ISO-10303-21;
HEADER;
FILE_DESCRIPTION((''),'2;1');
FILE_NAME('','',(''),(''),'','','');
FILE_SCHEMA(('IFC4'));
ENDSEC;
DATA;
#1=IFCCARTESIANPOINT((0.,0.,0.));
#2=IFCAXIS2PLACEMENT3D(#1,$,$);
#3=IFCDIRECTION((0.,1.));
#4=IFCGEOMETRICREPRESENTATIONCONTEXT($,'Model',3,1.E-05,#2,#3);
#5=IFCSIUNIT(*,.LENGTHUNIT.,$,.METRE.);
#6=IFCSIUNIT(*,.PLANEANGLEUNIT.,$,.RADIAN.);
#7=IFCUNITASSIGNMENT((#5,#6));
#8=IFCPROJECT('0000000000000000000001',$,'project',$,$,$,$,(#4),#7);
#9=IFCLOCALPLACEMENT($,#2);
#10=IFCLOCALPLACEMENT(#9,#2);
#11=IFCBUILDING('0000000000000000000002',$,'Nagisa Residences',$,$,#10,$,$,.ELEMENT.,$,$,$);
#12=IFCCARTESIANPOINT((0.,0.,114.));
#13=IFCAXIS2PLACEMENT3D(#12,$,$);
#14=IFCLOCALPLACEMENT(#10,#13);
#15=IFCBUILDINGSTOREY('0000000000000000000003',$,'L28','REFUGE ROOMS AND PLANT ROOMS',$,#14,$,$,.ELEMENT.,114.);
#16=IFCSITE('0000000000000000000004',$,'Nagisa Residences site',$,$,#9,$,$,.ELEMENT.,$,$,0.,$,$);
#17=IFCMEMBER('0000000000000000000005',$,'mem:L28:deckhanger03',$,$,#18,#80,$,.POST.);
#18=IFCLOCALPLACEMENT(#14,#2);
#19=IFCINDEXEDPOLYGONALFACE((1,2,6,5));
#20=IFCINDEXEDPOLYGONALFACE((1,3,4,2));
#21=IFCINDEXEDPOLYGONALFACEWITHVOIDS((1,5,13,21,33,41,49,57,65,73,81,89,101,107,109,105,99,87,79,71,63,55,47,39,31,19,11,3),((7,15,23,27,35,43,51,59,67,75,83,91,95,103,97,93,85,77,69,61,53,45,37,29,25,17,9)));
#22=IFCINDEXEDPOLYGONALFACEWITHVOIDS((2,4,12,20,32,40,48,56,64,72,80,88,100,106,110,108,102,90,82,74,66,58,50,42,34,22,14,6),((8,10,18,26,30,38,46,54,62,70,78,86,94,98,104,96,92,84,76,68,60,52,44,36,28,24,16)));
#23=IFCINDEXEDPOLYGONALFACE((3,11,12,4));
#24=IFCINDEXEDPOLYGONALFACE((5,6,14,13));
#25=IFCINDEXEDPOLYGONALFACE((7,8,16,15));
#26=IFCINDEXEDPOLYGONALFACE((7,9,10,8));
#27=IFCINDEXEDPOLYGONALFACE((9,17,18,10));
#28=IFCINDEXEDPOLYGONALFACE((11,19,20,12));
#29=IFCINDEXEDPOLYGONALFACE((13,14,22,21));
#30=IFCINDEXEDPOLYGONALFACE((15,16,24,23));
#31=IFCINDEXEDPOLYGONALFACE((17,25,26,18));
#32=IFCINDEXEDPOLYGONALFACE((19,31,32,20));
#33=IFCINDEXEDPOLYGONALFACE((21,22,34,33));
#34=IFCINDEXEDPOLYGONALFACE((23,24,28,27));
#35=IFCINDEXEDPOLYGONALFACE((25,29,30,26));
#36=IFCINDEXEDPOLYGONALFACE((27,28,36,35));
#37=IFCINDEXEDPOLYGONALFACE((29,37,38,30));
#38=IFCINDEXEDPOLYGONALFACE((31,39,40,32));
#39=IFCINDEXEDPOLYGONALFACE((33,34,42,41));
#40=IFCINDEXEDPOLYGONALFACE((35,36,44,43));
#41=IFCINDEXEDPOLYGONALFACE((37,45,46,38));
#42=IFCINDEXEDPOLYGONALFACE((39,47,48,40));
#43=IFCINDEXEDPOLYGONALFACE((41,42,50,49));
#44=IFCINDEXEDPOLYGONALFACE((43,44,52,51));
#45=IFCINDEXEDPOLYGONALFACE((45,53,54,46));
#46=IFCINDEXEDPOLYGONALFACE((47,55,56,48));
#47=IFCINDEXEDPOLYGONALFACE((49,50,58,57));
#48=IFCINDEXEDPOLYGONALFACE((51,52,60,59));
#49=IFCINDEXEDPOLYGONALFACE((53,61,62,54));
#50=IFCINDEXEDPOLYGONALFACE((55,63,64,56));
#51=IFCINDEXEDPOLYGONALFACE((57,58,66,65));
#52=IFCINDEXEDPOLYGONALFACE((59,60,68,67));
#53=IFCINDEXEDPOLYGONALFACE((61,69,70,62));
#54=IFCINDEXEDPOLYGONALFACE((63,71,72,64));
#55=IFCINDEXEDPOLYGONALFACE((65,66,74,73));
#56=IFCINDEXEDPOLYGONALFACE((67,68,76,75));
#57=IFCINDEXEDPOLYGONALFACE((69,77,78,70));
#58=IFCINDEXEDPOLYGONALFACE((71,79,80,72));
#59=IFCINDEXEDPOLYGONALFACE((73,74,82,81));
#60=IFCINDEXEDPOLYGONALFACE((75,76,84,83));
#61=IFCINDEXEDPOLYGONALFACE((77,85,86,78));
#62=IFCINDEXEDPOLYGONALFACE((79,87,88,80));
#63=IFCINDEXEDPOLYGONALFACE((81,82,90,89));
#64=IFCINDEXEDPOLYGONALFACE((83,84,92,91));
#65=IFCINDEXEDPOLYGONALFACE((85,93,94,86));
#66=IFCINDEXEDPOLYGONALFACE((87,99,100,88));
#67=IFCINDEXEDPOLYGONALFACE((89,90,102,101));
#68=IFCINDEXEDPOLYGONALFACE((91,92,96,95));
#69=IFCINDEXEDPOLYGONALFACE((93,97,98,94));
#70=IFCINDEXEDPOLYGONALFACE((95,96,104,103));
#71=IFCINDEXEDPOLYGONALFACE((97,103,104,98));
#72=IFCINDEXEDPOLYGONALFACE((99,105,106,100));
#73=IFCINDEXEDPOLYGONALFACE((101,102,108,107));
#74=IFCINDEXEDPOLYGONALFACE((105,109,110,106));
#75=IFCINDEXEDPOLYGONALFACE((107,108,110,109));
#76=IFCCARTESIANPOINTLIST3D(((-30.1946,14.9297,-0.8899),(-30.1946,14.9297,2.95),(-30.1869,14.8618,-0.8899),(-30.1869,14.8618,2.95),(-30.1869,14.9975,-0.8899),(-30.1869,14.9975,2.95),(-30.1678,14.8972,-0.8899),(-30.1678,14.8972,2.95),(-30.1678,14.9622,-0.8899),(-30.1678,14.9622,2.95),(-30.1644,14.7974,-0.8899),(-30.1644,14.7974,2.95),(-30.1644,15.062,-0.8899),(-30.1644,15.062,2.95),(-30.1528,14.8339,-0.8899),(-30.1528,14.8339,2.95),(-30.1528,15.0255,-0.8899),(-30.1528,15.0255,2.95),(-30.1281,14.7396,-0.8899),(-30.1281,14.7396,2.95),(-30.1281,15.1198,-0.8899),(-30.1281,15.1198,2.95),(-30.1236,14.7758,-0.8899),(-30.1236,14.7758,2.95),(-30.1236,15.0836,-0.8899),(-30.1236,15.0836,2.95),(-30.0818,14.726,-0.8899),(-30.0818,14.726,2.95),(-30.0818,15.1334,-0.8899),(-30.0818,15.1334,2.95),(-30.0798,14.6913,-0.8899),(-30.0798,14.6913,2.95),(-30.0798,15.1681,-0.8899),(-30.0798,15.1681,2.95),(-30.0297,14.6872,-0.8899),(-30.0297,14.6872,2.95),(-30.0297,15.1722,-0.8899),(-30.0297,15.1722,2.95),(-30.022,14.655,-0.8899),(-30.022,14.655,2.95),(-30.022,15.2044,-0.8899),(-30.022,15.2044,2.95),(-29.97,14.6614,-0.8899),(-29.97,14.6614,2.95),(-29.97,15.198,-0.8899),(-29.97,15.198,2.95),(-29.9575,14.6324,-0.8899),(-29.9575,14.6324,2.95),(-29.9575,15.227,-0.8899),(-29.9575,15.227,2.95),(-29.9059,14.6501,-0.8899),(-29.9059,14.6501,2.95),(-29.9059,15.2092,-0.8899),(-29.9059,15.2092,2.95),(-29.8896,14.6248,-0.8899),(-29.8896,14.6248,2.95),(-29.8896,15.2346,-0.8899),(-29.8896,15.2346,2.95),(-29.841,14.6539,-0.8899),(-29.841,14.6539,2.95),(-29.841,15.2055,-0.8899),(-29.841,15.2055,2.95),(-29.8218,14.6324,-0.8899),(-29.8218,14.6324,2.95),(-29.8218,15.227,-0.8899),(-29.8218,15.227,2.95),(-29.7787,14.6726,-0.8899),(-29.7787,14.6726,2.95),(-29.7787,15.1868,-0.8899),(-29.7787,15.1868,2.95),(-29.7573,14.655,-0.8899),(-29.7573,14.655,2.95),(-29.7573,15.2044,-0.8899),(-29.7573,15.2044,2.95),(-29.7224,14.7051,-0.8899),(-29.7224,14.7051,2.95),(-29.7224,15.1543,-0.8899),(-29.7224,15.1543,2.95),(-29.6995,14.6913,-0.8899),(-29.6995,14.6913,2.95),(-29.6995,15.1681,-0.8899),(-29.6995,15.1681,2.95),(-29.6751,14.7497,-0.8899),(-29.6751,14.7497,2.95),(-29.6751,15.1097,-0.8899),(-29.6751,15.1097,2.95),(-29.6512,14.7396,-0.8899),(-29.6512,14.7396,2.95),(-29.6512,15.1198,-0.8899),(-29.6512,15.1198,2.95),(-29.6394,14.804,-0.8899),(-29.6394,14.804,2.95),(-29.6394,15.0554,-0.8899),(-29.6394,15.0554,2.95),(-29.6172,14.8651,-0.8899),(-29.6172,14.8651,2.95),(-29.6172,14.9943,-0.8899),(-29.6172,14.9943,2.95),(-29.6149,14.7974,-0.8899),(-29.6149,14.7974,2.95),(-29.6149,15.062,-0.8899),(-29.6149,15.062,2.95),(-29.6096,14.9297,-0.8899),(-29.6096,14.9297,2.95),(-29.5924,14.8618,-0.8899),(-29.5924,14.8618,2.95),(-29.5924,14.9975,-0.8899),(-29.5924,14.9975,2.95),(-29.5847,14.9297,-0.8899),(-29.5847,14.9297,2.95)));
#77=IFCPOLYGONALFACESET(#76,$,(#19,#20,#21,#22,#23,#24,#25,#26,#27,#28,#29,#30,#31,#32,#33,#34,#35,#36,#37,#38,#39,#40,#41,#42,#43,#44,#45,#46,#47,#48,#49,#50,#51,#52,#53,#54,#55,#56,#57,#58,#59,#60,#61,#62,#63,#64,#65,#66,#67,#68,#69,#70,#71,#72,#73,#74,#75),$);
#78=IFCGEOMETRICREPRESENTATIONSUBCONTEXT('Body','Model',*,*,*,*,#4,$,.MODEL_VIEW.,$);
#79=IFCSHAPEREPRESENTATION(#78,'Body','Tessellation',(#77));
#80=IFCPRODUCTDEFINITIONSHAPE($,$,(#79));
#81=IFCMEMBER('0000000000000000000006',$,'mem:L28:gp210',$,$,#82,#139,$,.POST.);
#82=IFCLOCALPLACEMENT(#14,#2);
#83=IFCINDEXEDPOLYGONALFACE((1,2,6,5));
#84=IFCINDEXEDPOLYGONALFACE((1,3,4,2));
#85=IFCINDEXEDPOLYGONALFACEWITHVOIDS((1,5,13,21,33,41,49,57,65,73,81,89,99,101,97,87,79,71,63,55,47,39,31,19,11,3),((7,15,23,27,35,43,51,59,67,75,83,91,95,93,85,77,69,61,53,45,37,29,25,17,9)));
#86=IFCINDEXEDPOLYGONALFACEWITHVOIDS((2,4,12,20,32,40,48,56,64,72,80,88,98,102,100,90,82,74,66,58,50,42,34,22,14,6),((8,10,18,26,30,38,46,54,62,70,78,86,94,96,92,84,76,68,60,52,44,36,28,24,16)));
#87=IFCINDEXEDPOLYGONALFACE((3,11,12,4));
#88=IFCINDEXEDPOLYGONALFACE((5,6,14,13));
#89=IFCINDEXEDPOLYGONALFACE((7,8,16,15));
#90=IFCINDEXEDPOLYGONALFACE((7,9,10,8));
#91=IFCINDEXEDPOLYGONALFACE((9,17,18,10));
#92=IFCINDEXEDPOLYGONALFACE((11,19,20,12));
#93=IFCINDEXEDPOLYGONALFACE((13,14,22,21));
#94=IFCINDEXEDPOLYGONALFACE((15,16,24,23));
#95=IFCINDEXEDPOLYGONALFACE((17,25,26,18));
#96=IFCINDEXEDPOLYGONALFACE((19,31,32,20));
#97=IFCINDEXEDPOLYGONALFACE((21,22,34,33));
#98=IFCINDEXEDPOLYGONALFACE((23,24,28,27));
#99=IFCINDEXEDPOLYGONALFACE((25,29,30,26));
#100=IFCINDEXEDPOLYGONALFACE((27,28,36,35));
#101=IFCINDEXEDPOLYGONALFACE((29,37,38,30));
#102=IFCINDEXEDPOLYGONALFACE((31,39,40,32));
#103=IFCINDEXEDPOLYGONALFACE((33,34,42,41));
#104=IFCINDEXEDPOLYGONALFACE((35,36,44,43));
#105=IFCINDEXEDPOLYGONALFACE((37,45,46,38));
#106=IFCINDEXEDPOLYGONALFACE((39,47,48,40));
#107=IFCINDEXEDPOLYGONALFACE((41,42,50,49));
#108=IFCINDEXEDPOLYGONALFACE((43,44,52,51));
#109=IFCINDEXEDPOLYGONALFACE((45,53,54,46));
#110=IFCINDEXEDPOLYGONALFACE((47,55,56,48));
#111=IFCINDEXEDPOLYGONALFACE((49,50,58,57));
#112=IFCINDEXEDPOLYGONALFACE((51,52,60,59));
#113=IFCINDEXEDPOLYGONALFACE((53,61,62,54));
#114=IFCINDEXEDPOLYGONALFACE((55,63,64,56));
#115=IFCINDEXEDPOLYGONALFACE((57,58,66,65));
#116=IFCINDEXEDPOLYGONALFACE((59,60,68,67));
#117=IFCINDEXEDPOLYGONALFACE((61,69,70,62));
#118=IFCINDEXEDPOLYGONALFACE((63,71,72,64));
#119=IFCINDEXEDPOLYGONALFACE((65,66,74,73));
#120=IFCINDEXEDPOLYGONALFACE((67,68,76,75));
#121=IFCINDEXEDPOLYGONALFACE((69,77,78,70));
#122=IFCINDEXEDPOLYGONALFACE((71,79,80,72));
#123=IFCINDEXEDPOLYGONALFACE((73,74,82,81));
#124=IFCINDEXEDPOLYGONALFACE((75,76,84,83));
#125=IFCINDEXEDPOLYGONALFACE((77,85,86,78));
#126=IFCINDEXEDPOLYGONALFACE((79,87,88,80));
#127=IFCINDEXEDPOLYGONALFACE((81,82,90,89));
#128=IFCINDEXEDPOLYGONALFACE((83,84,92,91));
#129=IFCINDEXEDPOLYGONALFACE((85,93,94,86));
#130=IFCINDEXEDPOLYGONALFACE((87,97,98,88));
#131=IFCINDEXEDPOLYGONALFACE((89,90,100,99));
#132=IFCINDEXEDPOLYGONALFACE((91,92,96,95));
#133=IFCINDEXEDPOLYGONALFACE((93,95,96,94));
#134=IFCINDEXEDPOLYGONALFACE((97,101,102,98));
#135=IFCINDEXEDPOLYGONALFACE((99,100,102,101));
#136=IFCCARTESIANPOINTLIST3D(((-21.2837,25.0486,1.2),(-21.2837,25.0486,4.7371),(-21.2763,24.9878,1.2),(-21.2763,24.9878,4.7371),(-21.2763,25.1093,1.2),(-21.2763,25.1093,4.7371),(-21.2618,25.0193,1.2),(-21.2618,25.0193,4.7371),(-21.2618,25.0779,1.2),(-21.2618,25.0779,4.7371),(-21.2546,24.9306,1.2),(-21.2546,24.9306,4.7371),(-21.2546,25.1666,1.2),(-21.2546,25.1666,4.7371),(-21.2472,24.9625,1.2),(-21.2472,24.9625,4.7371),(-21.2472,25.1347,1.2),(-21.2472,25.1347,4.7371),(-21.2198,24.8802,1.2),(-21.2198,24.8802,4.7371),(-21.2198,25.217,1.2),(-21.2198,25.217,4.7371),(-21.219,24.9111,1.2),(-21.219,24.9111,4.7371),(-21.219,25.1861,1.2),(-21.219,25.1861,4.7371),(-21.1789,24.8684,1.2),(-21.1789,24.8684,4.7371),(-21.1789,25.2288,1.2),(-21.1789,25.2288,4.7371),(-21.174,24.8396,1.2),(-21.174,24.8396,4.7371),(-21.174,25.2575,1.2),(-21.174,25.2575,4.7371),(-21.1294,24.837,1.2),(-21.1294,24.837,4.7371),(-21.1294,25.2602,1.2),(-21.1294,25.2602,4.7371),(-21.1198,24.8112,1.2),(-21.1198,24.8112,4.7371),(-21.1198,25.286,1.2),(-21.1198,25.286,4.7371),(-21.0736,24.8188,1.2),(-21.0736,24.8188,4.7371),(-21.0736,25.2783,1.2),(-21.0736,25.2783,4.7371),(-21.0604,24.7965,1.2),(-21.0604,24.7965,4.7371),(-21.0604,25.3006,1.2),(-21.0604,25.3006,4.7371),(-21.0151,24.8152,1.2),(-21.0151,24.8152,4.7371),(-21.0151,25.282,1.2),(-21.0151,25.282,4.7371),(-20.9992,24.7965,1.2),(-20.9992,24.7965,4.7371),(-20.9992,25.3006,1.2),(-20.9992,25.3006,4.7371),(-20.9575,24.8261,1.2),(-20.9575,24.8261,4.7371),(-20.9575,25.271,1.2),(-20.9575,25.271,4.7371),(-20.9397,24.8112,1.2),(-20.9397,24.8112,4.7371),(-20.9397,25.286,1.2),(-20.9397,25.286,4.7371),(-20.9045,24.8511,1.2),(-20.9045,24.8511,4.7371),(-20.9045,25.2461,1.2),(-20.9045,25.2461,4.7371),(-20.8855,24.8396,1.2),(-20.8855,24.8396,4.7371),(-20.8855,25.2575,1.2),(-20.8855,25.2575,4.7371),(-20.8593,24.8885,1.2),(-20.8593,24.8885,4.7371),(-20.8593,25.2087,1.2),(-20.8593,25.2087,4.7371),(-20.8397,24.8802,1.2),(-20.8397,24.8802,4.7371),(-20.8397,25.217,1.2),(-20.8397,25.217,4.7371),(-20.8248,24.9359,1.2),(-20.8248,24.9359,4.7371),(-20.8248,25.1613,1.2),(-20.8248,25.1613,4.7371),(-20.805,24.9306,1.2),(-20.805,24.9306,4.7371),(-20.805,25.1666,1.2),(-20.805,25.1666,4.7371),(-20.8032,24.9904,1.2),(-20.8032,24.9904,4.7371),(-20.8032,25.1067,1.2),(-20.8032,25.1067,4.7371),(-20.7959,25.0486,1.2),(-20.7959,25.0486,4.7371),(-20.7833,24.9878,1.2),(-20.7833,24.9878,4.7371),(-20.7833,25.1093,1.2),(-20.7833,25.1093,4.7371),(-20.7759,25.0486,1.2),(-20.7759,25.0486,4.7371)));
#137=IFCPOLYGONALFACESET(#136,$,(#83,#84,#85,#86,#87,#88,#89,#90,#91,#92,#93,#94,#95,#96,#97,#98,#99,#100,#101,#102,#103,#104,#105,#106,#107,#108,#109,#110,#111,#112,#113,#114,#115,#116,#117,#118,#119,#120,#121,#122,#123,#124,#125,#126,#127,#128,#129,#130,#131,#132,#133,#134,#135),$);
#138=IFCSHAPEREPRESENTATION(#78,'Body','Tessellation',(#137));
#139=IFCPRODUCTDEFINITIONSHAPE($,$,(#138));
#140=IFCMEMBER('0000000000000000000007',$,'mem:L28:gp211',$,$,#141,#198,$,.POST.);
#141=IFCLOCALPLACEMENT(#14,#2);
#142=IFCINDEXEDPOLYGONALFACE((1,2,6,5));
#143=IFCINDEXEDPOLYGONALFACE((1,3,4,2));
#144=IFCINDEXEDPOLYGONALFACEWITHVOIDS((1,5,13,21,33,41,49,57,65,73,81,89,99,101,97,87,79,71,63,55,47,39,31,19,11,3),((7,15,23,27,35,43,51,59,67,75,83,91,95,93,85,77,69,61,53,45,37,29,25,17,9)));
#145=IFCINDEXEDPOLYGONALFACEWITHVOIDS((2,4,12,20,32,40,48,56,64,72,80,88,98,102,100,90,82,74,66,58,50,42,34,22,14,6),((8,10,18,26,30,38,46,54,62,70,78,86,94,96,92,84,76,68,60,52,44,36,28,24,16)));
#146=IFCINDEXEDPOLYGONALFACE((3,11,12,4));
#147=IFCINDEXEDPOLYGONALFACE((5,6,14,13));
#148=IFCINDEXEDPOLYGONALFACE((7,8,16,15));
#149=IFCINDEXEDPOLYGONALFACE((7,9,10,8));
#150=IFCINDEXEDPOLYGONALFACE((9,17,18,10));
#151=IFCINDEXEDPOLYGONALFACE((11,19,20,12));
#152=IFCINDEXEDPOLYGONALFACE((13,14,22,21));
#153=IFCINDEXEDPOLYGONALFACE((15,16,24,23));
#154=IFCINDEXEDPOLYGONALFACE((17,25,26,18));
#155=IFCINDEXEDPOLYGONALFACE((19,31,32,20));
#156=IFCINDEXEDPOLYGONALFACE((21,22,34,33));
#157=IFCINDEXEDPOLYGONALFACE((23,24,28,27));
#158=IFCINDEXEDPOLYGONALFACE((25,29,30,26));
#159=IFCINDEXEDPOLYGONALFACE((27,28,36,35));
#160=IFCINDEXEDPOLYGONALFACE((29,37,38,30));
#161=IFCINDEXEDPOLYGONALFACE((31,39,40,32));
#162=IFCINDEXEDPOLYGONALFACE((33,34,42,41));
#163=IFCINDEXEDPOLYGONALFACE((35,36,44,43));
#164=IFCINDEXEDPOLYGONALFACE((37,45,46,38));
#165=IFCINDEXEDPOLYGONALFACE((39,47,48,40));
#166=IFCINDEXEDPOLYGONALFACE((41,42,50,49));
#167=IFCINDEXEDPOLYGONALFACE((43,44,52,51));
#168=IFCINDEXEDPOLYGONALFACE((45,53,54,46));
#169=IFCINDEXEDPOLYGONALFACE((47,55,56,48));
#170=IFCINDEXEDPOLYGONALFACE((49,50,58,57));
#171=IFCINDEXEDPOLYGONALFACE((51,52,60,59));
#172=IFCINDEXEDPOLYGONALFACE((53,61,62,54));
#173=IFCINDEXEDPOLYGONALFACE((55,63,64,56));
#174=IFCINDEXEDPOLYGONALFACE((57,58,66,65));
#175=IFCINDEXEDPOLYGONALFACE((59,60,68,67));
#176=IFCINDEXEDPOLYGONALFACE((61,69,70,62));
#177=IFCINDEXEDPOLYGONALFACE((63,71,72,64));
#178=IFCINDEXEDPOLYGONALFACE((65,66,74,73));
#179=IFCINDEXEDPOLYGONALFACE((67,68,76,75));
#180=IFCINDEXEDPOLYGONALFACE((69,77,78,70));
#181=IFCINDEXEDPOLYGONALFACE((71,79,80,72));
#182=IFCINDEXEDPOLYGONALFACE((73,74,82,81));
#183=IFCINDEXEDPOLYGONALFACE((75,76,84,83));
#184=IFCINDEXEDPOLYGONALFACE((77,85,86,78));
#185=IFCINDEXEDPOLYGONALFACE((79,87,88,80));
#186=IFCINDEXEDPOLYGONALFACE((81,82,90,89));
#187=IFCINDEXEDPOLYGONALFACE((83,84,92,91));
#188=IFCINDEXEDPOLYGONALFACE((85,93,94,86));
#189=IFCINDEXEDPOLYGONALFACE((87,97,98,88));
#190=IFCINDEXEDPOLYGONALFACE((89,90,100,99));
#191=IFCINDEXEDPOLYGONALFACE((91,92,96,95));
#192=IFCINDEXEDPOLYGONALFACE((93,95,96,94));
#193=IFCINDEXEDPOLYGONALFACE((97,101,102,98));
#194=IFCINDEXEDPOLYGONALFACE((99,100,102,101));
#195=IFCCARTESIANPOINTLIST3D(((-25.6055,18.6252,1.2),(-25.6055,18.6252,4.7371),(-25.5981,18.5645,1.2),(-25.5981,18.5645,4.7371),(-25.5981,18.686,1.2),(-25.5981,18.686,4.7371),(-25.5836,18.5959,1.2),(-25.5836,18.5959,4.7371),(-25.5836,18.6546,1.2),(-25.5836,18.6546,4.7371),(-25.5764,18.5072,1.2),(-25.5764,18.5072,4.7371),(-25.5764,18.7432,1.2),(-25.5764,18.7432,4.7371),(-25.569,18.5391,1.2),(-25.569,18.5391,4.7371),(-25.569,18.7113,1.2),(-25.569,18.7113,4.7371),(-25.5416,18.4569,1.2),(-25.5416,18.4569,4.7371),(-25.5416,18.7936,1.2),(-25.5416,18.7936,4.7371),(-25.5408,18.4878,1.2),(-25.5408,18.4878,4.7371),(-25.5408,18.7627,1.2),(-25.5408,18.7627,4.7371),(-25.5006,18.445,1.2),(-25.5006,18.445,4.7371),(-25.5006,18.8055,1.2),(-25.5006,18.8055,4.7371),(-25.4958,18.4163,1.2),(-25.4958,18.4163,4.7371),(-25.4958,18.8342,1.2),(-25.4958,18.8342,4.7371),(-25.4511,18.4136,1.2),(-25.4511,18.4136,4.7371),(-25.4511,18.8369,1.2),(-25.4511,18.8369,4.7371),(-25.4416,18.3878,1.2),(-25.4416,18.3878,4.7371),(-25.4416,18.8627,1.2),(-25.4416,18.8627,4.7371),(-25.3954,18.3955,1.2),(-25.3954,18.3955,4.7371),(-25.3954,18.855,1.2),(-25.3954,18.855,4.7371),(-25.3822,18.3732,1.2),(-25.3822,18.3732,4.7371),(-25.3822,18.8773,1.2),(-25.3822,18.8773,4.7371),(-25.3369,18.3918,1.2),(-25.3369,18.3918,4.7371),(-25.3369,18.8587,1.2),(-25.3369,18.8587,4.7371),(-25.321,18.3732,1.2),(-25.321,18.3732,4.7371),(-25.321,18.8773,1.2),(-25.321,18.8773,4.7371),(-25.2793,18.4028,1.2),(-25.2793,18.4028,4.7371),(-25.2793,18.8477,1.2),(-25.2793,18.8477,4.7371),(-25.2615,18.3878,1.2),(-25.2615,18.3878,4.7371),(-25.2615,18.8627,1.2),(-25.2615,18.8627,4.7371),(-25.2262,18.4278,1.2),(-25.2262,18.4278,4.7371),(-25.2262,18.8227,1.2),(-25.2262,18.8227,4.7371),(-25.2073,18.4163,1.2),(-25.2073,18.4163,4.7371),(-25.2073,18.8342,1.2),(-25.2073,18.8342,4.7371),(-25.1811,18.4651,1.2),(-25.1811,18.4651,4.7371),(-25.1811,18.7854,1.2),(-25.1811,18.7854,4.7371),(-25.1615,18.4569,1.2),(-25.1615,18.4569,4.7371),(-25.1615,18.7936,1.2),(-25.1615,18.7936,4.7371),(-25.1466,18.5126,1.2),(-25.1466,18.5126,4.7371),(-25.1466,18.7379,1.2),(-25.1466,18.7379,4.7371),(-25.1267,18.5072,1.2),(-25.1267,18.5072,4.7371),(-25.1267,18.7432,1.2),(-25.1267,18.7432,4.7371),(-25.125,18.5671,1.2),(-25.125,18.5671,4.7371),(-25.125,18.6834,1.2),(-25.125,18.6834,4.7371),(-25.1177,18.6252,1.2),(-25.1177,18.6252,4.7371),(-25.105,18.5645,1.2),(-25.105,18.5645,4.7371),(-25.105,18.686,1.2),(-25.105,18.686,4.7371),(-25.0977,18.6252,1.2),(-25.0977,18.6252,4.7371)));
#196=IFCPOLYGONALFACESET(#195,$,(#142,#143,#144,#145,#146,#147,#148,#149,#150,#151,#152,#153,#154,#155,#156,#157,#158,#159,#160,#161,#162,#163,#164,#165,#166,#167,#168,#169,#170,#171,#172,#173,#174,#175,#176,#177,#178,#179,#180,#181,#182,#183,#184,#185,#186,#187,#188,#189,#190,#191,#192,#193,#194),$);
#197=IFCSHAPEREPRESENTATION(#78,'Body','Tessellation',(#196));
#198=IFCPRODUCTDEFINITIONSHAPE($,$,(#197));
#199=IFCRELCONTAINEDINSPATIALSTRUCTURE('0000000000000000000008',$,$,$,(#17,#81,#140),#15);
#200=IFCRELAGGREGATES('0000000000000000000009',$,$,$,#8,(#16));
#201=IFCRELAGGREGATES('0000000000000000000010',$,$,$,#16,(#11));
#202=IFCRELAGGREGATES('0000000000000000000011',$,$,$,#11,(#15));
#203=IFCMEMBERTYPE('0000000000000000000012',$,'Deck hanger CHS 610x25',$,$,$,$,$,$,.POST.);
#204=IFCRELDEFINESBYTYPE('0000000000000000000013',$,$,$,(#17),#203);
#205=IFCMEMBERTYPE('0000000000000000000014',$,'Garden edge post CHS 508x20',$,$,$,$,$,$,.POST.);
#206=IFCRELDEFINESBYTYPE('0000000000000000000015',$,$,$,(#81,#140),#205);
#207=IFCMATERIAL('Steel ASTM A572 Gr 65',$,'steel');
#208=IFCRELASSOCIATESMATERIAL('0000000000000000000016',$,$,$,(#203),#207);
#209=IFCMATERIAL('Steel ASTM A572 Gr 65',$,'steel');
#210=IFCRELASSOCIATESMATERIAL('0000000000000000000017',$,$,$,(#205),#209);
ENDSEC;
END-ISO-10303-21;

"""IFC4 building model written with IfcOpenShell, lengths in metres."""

from ifc_helpers import new_model, si_unit, direction, frame, origin, origin_2d, place, context, subcontext, project, spatial, hollow_circle, extrude, material, material_profile, profile_set, type_object, element, save


model = new_model("IFC4")

# Units and contexts
model_context = context("Model", 3, precision=1e-05, world=origin(), true_north=direction((0.0, 1.0)))
body_context = subcontext(model_context, "Body", "Model", "MODEL_VIEW")
ifc_project = project(units=[si_unit("LENGTHUNIT", "METRE"), si_unit("PLANEANGLEUNIT", "RADIAN")], contexts=[model_context])

# Site, building, storey
site_placement = place(None, origin())
site = spatial("IfcSite", under=ifc_project, at=site_placement, Name="Nagisa Residences site", CompositionType="ELEMENT", RefElevation=0.0)
building_placement = place(site_placement, origin())
building = spatial("IfcBuilding", under=site, at=building_placement, Name="Nagisa Residences", CompositionType="ELEMENT")
storey_placement = place(building_placement, frame((0.0, 0.0, 114.0)))
storey = spatial("IfcBuildingStorey", under=building, at=storey_placement, Name="L28", Description="REFUGE ROOMS AND PLANT ROOMS", CompositionType="ELEMENT", Elevation=114.0)

# Members
ifc_material_1 = material(Name="Steel ASTM A572 Gr 65", Category="steel")
ifc_material_profile_1 = material_profile(ifc_material_1, hollow_circle(Radius=0.3049, WallThickness=0.0249, at=origin_2d()), Name="CHS 610x25")
ifc_profile_set_1 = profile_set([ifc_material_profile_1], Name="Steel ASTM A572 Gr 65")
member_type_1 = type_object("IfcMemberType", Name="Deck hanger CHS 610x25", PredefinedType="POST", material=ifc_profile_set_1)
member_1_placement = place(storey_placement, frame((-29.8896, 14.9297, 2.95), z_axis=(0.0, 0.0, -1.0), x_axis=(1.0, 0.0, 0.0)))
element("IfcMember", 1, at=member_1_placement, inside=storey, type_object=member_type_1, Name="mem:L28:deckhanger03", PredefinedType="POST", context=body_context, shape_type="SweptSolid", body=[
    extrude(hollow_circle(Radius=0.3049, WallThickness=0.0249, at=origin_2d()), origin(), (0.0, 0.0, 1.0), 3.8398),
])
ifc_material_2 = material(Name="Steel ASTM A572 Gr 65", Category="steel")
ifc_material_profile_2 = material_profile(ifc_material_2, hollow_circle(Radius=0.2539, WallThickness=0.02, at=origin_2d()), Name="CHS 508x20")
ifc_profile_set_2 = profile_set([ifc_material_profile_2], Name="Steel ASTM A572 Gr 65")
member_type_2 = type_object("IfcMemberType", Name="Garden edge post CHS 508x20", PredefinedType="POST", material=ifc_profile_set_2)
for number, where, z_axis, x_axis, name in (
    (2, (-21.0298, 25.0486, 1.2), (0.0, 0.0, 1.0), (1.0, 0.0, 0.0), "mem:L28:gp210"),
    (3, (-25.3516, 18.6252, 1.2), (0.0, 0.0, 1.0), (1.0, 0.0, 0.0), "mem:L28:gp211"),
):
    element("IfcMember", number, at=place(storey_placement, frame(where, z_axis=z_axis, x_axis=x_axis)), inside=storey, type_object=member_type_2, Name=name, PredefinedType="POST", context=body_context, shape_type="SweptSolid", body=[
        extrude(hollow_circle(Radius=0.2539, WallThickness=0.02, at=origin_2d()), origin(), (0.0, 0.0, 1.0), 3.5371),
    ])

save(model, "model.ifc")
